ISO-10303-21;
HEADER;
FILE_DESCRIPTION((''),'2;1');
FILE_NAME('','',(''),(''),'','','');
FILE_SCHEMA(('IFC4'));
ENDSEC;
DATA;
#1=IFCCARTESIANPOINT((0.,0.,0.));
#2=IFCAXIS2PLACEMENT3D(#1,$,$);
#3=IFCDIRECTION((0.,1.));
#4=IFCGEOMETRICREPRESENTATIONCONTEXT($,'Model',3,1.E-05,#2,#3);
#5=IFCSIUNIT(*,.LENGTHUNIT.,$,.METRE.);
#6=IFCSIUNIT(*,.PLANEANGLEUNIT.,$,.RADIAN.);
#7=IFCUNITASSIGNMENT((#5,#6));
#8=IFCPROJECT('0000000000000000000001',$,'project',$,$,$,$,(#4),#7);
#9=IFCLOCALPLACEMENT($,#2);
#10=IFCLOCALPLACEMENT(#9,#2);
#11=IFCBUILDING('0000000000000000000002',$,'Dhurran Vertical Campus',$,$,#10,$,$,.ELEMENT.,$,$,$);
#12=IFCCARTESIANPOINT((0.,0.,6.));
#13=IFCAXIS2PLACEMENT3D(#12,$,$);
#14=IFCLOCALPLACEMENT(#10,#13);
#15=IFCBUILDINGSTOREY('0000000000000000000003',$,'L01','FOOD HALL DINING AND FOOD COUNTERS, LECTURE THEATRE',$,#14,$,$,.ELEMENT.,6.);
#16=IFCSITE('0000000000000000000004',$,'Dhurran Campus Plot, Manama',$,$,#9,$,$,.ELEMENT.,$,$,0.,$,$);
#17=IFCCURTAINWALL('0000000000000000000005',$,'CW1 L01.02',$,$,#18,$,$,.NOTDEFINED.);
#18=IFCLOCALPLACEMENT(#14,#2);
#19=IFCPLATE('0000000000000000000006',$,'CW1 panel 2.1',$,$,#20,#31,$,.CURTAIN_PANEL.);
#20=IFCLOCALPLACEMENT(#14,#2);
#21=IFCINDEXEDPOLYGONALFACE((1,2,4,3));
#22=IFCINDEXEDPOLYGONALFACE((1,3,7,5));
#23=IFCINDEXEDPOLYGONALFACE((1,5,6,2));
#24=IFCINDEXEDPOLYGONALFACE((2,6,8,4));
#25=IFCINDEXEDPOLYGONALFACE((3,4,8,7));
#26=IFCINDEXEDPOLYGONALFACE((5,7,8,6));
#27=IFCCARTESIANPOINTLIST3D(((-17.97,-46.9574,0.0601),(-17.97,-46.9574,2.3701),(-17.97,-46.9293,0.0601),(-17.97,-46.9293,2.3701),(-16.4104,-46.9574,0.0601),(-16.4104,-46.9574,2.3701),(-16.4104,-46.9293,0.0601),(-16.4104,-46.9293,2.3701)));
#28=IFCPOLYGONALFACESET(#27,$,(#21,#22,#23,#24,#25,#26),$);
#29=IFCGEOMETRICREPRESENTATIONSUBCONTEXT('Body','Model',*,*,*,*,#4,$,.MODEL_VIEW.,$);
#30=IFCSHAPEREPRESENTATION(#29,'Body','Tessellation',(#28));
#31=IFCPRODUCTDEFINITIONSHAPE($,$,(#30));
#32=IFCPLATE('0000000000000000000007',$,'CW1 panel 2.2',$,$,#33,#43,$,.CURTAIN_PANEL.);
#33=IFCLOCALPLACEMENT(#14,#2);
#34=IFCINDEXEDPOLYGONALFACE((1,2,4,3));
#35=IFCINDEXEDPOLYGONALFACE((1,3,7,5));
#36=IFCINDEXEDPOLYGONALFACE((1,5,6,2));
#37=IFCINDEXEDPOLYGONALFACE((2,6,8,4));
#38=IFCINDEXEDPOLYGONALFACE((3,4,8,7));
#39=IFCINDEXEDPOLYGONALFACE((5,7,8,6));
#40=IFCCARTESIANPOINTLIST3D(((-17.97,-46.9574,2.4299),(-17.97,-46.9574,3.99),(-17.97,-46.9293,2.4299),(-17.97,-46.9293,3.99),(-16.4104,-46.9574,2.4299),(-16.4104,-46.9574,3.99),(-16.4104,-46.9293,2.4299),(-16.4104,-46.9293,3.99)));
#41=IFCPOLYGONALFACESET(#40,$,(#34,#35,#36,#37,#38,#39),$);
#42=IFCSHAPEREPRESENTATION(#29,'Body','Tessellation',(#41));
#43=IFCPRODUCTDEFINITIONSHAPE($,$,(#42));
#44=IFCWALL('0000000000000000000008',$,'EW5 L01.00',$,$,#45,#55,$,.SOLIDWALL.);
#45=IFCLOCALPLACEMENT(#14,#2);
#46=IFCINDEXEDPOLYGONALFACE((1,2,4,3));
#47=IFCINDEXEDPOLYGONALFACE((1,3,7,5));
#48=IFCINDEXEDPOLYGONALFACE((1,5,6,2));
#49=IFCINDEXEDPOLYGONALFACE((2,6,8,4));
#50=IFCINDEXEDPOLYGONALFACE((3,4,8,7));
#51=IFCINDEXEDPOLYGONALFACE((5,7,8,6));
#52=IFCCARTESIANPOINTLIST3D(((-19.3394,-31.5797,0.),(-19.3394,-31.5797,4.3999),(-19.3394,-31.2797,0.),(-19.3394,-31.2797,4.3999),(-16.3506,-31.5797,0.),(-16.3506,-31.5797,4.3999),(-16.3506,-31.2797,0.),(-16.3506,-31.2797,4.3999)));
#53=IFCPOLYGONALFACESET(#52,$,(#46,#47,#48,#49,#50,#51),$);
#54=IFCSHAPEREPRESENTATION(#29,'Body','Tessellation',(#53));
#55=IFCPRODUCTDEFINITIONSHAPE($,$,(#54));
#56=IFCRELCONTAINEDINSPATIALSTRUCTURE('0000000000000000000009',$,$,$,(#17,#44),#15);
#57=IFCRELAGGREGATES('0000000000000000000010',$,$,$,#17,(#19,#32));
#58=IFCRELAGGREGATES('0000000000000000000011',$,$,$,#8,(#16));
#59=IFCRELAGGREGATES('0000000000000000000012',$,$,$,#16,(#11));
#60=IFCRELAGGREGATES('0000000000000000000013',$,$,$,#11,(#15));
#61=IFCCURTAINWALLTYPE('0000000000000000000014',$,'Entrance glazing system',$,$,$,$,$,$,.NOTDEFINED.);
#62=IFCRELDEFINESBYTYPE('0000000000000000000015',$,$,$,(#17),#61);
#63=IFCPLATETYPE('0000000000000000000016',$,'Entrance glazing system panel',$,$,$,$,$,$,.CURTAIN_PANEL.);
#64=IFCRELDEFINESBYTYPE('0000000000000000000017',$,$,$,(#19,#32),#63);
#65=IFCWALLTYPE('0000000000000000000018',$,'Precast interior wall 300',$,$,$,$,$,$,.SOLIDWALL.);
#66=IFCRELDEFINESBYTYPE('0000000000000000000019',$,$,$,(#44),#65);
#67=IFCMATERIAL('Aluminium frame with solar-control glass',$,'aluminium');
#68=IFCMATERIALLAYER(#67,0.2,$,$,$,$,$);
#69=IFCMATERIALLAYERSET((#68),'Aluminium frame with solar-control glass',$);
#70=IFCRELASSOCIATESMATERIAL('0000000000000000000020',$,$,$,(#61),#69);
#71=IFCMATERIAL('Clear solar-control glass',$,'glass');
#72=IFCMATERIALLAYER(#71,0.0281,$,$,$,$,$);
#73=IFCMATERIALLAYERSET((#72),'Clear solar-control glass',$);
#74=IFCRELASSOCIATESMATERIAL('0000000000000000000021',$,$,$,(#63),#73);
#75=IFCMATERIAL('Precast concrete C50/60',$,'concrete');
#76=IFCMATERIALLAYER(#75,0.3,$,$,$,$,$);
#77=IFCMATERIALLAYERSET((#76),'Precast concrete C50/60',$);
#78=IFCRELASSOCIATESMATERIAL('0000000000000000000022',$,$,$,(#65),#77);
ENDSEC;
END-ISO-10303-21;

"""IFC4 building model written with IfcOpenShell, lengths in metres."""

from ifc_helpers import new_model, si_unit, direction, frame, frame_2d, origin, origin_2d, place, context, subcontext, project, spatial, rectangle, extrude, material, layer, layer_set, type_object, element, aggregate, save


model = new_model("IFC4")

# Units and contexts
model_context = context("Model", 3, precision=1e-05, world=origin(), true_north=direction((0.0, 1.0)))
body_context = subcontext(model_context, "Body", "Model", "MODEL_VIEW")
ifc_project = project(units=[si_unit("LENGTHUNIT", "METRE"), si_unit("PLANEANGLEUNIT", "RADIAN")], contexts=[model_context])

# Site, building, storey
site_placement = place(None, origin())
site = spatial("IfcSite", under=ifc_project, at=site_placement, Name="Dhurran Campus Plot, Manama", CompositionType="ELEMENT", RefElevation=0.0)
building_placement = place(site_placement, origin())
building = spatial("IfcBuilding", under=site, at=building_placement, Name="Dhurran Vertical Campus", CompositionType="ELEMENT")
storey_placement = place(building_placement, frame((0.0, 0.0, 6.0)))
storey = spatial("IfcBuildingStorey", under=building, at=storey_placement, Name="L01", Description="FOOD HALL DINING AND FOOD COUNTERS, LECTURE THEATRE", CompositionType="ELEMENT", Elevation=6.0)

# Curtain wall, plates
ifc_material_1 = material(Name="Aluminium frame with solar-control glass", Category="aluminium")
ifc_layer_1 = layer(ifc_material_1, 0.2)
ifc_layer_set_1 = layer_set([ifc_layer_1], Name="Aluminium frame with solar-control glass")
curtain_wall_type = type_object("IfcCurtainWallType", Name="Entrance glazing system", PredefinedType="NOTDEFINED", material=ifc_layer_set_1)
curtain_wall_placement = place(storey_placement, origin())
curtain_wall = element("IfcCurtainWall", 1, at=curtain_wall_placement, inside=storey, type_object=curtain_wall_type, Name="CW1 L01.02", PredefinedType="NOTDEFINED")
ifc_material_2 = material(Name="Clear solar-control glass", Category="glass")
ifc_layer_2 = layer(ifc_material_2, 0.0281)
ifc_layer_set_2 = layer_set([ifc_layer_2], Name="Clear solar-control glass")
plate_type = type_object("IfcPlateType", Name="Entrance glazing system panel", PredefinedType="CURTAIN_PANEL", material=ifc_layer_set_2)
plate_1_placement = place(storey_placement, frame((-17.1902, -46.9434, 0.0601), z_axis=(0.0, 0.0, 1.0), x_axis=(1.0, 0.0, 0.0)))
plate_1 = element("IfcPlate", 2, at=plate_1_placement, type_object=plate_type, Name="CW1 panel 2.1", PredefinedType="CURTAIN_PANEL", context=body_context, shape_type="SweptSolid", body=[
    extrude(rectangle(XDim=1.5596, YDim=0.0281, at=origin_2d()), origin(), (0.0, 0.0, 1.0), 2.3101),
])
plate_2_placement = place(storey_placement, frame((-17.1902, -46.9434, 2.4299), z_axis=(0.0, 0.0, 1.0), x_axis=(1.0, 0.0, 0.0)))
plate_2 = element("IfcPlate", 3, at=plate_2_placement, type_object=plate_type, Name="CW1 panel 2.2", PredefinedType="CURTAIN_PANEL", context=body_context, shape_type="SweptSolid", body=[
    extrude(rectangle(XDim=1.5596, YDim=0.0281, at=origin_2d()), origin(), (0.0, 0.0, 1.0), 1.5601),
])
aggregate(curtain_wall, [plate_1, plate_2])

# Wall
ifc_material_3 = material(Name="Precast concrete C50/60", Category="concrete")
ifc_layer_3 = layer(ifc_material_3, 0.3)
ifc_layer_set_3 = layer_set([ifc_layer_3], Name="Precast concrete C50/60")
wall_type = type_object("IfcWallType", Name="Precast interior wall 300", PredefinedType="SOLIDWALL", material=ifc_layer_set_3)
wall_placement = place(storey_placement, frame((-19.3394, -31.4297, 0.0), z_axis=(0.0, 0.0, 1.0), x_axis=(1.0, 0.0, 0.0)))
element("IfcWall", 4, at=wall_placement, inside=storey, type_object=wall_type, Name="EW5 L01.00", PredefinedType="SOLIDWALL", context=body_context, shape_type="SweptSolid", body=[
    extrude(rectangle(XDim=2.9888, YDim=0.3, at=frame_2d((1.4944, 0.0))), origin(), (0.0, 0.0, 1.0), 4.3999),
])

save(model, "model.ifc")
